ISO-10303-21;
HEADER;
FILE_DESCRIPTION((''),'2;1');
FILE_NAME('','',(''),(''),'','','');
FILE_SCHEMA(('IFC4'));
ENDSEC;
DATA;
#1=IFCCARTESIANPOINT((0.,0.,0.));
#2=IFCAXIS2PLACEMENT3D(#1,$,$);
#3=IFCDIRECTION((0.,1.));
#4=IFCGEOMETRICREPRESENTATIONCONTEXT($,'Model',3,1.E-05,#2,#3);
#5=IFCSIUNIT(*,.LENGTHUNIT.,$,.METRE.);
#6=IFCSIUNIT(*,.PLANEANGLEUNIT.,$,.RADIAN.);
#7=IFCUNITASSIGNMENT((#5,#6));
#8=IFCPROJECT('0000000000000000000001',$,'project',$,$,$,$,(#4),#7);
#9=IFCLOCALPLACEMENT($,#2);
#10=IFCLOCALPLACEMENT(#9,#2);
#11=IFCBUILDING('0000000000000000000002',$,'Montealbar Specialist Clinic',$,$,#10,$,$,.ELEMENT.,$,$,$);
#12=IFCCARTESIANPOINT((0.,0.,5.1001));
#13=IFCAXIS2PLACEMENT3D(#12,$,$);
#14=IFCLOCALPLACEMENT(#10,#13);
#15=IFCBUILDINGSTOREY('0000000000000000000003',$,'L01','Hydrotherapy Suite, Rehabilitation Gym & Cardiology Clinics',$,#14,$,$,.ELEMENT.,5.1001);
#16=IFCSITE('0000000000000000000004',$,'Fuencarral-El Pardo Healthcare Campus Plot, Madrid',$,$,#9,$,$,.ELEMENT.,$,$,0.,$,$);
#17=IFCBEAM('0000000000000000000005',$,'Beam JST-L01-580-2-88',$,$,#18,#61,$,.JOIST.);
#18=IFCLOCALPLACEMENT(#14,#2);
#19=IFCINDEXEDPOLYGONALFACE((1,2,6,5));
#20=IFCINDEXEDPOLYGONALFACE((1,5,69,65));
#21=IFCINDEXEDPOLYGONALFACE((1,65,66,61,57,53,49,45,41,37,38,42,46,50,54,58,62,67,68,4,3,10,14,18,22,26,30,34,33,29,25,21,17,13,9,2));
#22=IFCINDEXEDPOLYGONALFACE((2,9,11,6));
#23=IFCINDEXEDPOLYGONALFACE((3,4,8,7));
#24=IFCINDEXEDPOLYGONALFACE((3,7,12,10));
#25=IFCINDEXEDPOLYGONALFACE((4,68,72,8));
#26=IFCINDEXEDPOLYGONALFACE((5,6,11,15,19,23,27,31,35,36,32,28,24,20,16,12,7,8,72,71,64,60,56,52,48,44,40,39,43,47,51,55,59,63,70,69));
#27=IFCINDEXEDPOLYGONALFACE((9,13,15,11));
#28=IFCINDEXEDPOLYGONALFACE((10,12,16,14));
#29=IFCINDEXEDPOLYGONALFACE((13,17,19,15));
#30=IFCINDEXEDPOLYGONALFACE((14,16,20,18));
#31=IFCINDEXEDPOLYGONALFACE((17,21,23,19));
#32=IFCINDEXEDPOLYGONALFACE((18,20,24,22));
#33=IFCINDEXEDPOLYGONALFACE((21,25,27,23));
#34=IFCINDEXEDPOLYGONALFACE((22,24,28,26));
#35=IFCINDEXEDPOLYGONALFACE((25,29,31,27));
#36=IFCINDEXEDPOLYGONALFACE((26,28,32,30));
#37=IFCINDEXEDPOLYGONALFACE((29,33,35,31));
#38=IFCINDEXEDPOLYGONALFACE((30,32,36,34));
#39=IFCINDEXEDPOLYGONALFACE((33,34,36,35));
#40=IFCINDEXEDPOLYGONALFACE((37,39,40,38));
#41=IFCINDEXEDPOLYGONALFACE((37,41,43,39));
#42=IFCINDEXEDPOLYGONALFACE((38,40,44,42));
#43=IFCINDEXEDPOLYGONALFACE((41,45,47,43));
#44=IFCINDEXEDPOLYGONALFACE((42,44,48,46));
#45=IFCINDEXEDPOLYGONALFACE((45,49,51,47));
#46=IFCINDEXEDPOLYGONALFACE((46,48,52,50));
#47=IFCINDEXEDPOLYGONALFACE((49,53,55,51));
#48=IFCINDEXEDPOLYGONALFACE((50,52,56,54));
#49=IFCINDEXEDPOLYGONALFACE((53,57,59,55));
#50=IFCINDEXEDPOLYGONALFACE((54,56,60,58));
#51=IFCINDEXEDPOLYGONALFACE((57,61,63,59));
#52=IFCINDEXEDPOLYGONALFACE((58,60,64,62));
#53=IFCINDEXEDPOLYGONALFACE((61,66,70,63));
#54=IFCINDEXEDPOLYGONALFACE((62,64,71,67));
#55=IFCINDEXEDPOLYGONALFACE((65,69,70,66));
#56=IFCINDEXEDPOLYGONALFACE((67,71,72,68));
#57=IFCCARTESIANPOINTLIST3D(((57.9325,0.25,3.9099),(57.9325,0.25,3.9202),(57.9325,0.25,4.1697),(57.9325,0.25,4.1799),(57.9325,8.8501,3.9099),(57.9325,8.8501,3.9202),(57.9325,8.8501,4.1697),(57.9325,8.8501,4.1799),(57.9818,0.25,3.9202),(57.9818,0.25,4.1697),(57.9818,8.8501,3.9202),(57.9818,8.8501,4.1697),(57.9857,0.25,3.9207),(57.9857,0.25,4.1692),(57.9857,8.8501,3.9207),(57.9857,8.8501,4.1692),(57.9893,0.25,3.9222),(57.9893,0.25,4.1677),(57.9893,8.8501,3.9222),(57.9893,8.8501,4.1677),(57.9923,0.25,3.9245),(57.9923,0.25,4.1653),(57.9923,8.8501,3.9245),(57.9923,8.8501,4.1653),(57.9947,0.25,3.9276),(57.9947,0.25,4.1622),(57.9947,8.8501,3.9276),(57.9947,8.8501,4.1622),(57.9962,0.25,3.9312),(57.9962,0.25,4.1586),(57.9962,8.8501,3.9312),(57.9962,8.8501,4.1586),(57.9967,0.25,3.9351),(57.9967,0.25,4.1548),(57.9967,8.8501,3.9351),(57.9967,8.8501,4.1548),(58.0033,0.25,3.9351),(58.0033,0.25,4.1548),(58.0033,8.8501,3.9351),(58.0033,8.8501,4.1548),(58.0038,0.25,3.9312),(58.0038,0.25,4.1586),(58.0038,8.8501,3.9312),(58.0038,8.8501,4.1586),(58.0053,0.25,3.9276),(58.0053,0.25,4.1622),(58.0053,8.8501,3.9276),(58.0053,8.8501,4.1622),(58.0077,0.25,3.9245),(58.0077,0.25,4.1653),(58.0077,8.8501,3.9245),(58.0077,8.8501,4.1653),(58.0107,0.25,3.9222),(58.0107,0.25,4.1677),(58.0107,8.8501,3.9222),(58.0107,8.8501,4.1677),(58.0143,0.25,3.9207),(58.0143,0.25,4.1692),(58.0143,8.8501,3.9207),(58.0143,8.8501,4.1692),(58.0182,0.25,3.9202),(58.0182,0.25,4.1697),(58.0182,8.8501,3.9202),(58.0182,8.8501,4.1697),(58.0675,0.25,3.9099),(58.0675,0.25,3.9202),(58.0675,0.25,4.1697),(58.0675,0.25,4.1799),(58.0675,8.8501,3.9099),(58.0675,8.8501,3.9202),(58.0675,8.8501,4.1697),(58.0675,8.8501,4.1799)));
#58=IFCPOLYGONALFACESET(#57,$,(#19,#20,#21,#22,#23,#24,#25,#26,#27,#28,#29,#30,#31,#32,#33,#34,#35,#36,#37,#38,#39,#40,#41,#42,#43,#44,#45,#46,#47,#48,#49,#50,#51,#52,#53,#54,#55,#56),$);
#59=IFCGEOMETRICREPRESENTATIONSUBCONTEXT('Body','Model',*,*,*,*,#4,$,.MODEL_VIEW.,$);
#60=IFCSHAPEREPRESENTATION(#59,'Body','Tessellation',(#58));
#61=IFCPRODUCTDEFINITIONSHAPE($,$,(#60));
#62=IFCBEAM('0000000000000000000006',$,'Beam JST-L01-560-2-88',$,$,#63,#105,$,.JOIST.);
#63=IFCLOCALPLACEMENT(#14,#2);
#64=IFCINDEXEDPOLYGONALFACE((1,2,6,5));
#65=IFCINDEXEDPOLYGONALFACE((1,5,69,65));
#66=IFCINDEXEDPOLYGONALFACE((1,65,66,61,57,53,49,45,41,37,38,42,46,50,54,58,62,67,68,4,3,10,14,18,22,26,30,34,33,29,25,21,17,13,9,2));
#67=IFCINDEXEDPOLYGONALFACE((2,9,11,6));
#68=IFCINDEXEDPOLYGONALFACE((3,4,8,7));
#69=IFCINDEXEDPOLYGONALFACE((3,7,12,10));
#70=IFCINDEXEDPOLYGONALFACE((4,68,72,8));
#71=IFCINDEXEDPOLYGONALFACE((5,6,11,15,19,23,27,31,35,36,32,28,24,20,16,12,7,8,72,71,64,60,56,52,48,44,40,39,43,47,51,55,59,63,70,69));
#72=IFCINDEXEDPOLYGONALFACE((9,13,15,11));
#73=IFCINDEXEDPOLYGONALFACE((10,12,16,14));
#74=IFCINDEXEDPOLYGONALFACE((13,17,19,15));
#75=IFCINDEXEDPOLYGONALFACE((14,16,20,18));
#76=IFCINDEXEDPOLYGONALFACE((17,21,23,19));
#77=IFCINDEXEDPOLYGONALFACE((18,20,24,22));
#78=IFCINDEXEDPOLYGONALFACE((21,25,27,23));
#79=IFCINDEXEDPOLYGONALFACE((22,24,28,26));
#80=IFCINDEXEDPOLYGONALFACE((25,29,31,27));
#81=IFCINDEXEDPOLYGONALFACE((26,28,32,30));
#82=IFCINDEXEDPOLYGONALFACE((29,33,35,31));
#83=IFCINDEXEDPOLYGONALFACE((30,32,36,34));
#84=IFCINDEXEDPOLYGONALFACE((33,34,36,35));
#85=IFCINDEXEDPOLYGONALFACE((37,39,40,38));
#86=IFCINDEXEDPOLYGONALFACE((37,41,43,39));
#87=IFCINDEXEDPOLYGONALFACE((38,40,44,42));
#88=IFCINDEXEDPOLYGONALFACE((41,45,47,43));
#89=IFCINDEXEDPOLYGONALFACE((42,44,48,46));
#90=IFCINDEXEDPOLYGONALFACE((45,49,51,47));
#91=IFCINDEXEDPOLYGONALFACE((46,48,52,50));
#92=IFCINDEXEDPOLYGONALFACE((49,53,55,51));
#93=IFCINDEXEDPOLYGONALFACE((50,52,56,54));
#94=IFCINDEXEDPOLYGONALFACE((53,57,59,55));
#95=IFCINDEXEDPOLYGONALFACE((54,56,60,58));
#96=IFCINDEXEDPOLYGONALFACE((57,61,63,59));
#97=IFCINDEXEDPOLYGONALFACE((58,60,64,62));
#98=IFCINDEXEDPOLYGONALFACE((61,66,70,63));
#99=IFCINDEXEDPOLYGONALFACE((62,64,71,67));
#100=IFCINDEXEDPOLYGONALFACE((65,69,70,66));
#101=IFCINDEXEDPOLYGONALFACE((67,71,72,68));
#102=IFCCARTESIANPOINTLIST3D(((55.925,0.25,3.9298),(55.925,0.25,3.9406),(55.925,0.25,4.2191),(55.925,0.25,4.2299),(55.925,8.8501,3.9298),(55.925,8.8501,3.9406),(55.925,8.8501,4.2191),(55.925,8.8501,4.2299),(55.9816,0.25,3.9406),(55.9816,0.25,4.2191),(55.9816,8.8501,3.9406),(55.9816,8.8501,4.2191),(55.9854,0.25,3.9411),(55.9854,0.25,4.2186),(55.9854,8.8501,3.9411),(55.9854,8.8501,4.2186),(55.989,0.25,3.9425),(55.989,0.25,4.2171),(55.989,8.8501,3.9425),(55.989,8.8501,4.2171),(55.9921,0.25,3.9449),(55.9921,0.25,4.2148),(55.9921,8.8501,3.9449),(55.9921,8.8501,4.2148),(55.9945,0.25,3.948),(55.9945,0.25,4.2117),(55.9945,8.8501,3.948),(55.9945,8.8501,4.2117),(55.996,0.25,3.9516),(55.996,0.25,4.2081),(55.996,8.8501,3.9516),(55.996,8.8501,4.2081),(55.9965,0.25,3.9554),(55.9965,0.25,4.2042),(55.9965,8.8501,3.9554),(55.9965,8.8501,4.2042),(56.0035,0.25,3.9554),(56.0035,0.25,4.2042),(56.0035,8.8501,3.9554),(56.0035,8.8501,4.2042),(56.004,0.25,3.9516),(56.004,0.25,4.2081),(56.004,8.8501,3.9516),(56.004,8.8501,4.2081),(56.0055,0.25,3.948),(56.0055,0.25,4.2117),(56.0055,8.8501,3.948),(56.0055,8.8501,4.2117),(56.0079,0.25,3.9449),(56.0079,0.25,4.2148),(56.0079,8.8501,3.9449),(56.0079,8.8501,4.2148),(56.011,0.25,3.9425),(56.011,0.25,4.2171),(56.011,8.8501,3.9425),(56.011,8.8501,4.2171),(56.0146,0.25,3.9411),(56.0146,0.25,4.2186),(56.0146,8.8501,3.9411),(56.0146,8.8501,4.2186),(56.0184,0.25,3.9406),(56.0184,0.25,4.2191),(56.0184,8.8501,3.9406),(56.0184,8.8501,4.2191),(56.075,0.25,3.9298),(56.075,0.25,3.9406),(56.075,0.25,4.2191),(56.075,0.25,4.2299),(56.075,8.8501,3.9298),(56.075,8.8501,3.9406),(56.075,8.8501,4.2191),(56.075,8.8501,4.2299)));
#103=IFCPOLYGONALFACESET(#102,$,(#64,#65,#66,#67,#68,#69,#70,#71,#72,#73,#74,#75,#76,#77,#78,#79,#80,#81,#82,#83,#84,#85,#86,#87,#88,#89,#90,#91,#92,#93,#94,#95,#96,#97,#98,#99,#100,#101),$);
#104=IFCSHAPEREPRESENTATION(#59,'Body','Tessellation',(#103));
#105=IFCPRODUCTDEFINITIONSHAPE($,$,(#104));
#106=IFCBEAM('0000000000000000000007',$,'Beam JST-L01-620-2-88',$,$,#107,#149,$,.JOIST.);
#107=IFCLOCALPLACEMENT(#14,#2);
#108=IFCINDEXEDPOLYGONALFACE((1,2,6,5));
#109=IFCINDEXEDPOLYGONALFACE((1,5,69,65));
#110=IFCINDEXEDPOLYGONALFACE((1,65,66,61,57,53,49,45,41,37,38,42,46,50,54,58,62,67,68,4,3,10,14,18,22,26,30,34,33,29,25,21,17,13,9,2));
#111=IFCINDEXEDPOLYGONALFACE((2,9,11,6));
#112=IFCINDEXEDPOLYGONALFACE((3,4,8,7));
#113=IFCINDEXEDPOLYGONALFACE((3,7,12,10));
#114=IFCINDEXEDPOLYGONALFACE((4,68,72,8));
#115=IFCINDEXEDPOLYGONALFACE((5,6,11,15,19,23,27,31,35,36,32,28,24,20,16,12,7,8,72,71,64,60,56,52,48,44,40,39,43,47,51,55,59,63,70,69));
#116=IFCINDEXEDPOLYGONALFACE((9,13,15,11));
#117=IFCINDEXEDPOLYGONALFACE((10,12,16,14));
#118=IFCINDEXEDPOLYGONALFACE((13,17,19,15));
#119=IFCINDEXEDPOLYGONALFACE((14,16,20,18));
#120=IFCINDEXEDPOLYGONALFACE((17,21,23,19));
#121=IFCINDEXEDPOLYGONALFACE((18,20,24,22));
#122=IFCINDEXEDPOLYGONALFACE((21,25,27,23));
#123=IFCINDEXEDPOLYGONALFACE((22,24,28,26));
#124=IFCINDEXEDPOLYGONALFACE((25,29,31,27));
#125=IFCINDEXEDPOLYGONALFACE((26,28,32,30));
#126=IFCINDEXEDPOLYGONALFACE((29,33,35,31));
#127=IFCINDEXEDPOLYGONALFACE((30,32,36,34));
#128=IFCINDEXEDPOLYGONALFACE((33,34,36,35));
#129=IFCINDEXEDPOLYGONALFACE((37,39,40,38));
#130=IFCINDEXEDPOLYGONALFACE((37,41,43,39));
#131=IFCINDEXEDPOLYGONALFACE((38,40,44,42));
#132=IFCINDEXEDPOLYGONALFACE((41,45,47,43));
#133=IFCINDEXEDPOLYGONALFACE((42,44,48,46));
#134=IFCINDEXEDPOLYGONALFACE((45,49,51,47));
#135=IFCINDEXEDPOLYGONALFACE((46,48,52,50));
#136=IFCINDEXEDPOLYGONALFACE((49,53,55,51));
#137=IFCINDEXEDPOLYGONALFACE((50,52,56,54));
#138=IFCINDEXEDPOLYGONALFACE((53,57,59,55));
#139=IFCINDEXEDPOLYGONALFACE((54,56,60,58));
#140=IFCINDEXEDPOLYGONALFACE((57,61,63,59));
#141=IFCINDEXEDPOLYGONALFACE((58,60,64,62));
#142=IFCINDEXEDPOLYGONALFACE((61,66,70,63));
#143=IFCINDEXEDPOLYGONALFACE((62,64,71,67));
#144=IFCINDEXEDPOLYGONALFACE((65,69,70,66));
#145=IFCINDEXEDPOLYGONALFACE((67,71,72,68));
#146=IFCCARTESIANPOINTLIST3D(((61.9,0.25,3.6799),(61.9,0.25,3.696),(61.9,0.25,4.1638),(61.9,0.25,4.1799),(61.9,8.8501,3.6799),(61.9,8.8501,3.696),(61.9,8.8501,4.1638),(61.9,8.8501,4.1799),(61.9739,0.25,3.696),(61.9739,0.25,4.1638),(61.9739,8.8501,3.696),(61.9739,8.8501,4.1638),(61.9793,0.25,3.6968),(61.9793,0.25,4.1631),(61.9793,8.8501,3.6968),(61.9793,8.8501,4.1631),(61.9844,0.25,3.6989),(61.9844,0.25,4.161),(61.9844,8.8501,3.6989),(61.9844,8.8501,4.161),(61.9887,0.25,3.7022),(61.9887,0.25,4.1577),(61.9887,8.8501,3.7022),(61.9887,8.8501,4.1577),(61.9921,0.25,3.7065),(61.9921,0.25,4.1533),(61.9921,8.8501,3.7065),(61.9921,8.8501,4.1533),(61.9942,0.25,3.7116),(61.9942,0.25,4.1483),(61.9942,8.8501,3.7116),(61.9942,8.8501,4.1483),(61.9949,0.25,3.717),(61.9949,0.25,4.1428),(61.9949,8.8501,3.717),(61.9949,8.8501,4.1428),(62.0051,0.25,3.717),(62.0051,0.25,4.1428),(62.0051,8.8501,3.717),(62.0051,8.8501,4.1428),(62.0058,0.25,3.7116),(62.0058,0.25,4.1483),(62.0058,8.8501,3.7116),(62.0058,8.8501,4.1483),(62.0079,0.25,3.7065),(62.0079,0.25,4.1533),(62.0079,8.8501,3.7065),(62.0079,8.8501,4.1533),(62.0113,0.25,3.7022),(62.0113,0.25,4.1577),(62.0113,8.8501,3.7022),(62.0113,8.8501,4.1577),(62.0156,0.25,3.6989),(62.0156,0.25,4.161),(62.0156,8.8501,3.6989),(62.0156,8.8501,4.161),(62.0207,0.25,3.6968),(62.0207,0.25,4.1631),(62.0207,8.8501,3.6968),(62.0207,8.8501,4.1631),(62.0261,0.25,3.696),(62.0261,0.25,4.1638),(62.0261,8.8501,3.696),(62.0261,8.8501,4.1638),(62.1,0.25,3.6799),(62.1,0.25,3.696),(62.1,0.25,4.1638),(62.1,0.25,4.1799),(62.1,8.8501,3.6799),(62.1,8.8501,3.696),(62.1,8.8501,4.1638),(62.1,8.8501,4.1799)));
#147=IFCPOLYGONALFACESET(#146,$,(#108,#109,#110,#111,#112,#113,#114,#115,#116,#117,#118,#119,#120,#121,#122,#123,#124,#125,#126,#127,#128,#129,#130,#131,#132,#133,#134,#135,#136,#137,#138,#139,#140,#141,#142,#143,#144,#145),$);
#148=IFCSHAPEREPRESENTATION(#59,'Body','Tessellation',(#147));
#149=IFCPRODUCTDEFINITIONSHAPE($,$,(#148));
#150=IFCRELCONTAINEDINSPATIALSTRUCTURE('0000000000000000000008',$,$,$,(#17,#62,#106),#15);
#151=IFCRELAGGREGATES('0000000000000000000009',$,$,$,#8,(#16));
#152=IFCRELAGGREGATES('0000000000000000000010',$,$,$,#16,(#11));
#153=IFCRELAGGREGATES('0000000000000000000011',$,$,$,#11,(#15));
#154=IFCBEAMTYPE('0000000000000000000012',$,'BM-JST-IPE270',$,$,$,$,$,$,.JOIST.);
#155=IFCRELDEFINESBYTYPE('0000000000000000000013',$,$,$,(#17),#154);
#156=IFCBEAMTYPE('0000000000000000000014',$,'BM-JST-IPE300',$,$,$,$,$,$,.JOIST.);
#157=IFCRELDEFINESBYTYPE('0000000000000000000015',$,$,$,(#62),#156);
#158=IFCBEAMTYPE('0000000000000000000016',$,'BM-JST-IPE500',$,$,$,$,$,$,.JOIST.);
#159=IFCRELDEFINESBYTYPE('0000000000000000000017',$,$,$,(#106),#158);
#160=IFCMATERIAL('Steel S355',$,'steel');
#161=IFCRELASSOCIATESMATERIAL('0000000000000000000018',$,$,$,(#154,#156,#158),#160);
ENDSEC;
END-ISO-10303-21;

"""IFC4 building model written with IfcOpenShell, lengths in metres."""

from ifc_helpers import new_model, si_unit, direction, frame, origin, origin_2d, place, context, subcontext, project, spatial, i_section, extrude, material, material_profile, profile_set, type_object, element, save


model = new_model("IFC4")

# Units and contexts
model_context = context("Model", 3, precision=1e-05, world=origin(), true_north=direction((0.0, 1.0)))
body_context = subcontext(model_context, "Body", "Model", "MODEL_VIEW")
ifc_project = project(units=[si_unit("LENGTHUNIT", "METRE"), si_unit("PLANEANGLEUNIT", "RADIAN")], contexts=[model_context])

# Site, building, storey
site_placement = place(None, origin())
site = spatial("IfcSite", under=ifc_project, at=site_placement, Name="Fuencarral-El Pardo Healthcare Campus Plot, Madrid", CompositionType="ELEMENT", RefElevation=0.0)
building_placement = place(site_placement, origin())
building = spatial("IfcBuilding", under=site, at=building_placement, Name="Montealbar Specialist Clinic", CompositionType="ELEMENT")
storey_placement = place(building_placement, frame((0.0, 0.0, 5.1001)))
storey = spatial("IfcBuildingStorey", under=building, at=storey_placement, Name="L01", Description="Hydrotherapy Suite, Rehabilitation Gym & Cardiology Clinics", CompositionType="ELEMENT", Elevation=5.1001)

# Shared definitions
ifc_material_1 = material(Name="Steel S355", Category="steel")

# Beams
ifc_material_profile_1 = material_profile(ifc_material_1, i_section(OverallWidth=0.135, OverallDepth=0.27, WebThickness=0.0066, FlangeThickness=0.0103, FilletRadius=0.0149, at=origin_2d()), Name="IPE 270", Category="steel")
ifc_profile_set_1 = profile_set([ifc_material_profile_1], Name="Steel S355")
beam_type_1 = type_object("IfcBeamType", Name="BM-JST-IPE270", PredefinedType="JOIST", material=ifc_profile_set_1)
beam_1_placement = place(storey_placement, frame((58.0, 0.25, 4.0449), z_axis=(0.0, 1.0, 0.0), x_axis=(-1.0, 0.0, 0.0)))
element("IfcBeam", 1, at=beam_1_placement, inside=storey, type_object=beam_type_1, Name="Beam JST-L01-580-2-88", PredefinedType="JOIST", context=body_context, shape_type="SweptSolid", body=[
    extrude(i_section(OverallWidth=0.135, OverallDepth=0.27, WebThickness=0.0066, FlangeThickness=0.0103, FilletRadius=0.0149, at=origin_2d()), origin(), (0.0, 0.0, 1.0), 8.6001),
])
ifc_material_profile_2 = material_profile(ifc_material_1, i_section(OverallWidth=0.1499, OverallDepth=0.3, WebThickness=0.0071, FlangeThickness=0.0107, FilletRadius=0.0149, at=origin_2d()), Name="IPE 300", Category="steel")
ifc_profile_set_2 = profile_set([ifc_material_profile_2], Name="Steel S355")
beam_type_2 = type_object("IfcBeamType", Name="BM-JST-IPE300", PredefinedType="JOIST", material=ifc_profile_set_2)
beam_2_placement = place(storey_placement, frame((56.0, 0.25, 4.0798), z_axis=(0.0, 1.0, 0.0), x_axis=(-1.0, 0.0, 0.0)))
element("IfcBeam", 2, at=beam_2_placement, inside=storey, type_object=beam_type_2, Name="Beam JST-L01-560-2-88", PredefinedType="JOIST", context=body_context, shape_type="SweptSolid", body=[
    extrude(i_section(OverallWidth=0.1499, OverallDepth=0.3, WebThickness=0.0071, FlangeThickness=0.0107, FilletRadius=0.0149, at=origin_2d()), origin(), (0.0, 0.0, 1.0), 8.6001),
])
ifc_material_profile_3 = material_profile(ifc_material_1, i_section(OverallWidth=0.2, OverallDepth=0.5, WebThickness=0.0103, FlangeThickness=0.0161, FilletRadius=0.021, at=origin_2d()), Name="IPE 500", Category="steel")
ifc_profile_set_3 = profile_set([ifc_material_profile_3], Name="Steel S355")
beam_type_3 = type_object("IfcBeamType", Name="BM-JST-IPE500", PredefinedType="JOIST", material=ifc_profile_set_3)
beam_3_placement = place(storey_placement, frame((62.0, 0.25, 3.9299), z_axis=(0.0, 1.0, 0.0), x_axis=(-1.0, 0.0, 0.0)))
element("IfcBeam", 3, at=beam_3_placement, inside=storey, type_object=beam_type_3, Name="Beam JST-L01-620-2-88", PredefinedType="JOIST", context=body_context, shape_type="SweptSolid", body=[
    extrude(i_section(OverallWidth=0.2, OverallDepth=0.5, WebThickness=0.0103, FlangeThickness=0.0161, FilletRadius=0.021, at=origin_2d()), origin(), (0.0, 0.0, 1.0), 8.6001),
])

save(model, "model.ifc")
